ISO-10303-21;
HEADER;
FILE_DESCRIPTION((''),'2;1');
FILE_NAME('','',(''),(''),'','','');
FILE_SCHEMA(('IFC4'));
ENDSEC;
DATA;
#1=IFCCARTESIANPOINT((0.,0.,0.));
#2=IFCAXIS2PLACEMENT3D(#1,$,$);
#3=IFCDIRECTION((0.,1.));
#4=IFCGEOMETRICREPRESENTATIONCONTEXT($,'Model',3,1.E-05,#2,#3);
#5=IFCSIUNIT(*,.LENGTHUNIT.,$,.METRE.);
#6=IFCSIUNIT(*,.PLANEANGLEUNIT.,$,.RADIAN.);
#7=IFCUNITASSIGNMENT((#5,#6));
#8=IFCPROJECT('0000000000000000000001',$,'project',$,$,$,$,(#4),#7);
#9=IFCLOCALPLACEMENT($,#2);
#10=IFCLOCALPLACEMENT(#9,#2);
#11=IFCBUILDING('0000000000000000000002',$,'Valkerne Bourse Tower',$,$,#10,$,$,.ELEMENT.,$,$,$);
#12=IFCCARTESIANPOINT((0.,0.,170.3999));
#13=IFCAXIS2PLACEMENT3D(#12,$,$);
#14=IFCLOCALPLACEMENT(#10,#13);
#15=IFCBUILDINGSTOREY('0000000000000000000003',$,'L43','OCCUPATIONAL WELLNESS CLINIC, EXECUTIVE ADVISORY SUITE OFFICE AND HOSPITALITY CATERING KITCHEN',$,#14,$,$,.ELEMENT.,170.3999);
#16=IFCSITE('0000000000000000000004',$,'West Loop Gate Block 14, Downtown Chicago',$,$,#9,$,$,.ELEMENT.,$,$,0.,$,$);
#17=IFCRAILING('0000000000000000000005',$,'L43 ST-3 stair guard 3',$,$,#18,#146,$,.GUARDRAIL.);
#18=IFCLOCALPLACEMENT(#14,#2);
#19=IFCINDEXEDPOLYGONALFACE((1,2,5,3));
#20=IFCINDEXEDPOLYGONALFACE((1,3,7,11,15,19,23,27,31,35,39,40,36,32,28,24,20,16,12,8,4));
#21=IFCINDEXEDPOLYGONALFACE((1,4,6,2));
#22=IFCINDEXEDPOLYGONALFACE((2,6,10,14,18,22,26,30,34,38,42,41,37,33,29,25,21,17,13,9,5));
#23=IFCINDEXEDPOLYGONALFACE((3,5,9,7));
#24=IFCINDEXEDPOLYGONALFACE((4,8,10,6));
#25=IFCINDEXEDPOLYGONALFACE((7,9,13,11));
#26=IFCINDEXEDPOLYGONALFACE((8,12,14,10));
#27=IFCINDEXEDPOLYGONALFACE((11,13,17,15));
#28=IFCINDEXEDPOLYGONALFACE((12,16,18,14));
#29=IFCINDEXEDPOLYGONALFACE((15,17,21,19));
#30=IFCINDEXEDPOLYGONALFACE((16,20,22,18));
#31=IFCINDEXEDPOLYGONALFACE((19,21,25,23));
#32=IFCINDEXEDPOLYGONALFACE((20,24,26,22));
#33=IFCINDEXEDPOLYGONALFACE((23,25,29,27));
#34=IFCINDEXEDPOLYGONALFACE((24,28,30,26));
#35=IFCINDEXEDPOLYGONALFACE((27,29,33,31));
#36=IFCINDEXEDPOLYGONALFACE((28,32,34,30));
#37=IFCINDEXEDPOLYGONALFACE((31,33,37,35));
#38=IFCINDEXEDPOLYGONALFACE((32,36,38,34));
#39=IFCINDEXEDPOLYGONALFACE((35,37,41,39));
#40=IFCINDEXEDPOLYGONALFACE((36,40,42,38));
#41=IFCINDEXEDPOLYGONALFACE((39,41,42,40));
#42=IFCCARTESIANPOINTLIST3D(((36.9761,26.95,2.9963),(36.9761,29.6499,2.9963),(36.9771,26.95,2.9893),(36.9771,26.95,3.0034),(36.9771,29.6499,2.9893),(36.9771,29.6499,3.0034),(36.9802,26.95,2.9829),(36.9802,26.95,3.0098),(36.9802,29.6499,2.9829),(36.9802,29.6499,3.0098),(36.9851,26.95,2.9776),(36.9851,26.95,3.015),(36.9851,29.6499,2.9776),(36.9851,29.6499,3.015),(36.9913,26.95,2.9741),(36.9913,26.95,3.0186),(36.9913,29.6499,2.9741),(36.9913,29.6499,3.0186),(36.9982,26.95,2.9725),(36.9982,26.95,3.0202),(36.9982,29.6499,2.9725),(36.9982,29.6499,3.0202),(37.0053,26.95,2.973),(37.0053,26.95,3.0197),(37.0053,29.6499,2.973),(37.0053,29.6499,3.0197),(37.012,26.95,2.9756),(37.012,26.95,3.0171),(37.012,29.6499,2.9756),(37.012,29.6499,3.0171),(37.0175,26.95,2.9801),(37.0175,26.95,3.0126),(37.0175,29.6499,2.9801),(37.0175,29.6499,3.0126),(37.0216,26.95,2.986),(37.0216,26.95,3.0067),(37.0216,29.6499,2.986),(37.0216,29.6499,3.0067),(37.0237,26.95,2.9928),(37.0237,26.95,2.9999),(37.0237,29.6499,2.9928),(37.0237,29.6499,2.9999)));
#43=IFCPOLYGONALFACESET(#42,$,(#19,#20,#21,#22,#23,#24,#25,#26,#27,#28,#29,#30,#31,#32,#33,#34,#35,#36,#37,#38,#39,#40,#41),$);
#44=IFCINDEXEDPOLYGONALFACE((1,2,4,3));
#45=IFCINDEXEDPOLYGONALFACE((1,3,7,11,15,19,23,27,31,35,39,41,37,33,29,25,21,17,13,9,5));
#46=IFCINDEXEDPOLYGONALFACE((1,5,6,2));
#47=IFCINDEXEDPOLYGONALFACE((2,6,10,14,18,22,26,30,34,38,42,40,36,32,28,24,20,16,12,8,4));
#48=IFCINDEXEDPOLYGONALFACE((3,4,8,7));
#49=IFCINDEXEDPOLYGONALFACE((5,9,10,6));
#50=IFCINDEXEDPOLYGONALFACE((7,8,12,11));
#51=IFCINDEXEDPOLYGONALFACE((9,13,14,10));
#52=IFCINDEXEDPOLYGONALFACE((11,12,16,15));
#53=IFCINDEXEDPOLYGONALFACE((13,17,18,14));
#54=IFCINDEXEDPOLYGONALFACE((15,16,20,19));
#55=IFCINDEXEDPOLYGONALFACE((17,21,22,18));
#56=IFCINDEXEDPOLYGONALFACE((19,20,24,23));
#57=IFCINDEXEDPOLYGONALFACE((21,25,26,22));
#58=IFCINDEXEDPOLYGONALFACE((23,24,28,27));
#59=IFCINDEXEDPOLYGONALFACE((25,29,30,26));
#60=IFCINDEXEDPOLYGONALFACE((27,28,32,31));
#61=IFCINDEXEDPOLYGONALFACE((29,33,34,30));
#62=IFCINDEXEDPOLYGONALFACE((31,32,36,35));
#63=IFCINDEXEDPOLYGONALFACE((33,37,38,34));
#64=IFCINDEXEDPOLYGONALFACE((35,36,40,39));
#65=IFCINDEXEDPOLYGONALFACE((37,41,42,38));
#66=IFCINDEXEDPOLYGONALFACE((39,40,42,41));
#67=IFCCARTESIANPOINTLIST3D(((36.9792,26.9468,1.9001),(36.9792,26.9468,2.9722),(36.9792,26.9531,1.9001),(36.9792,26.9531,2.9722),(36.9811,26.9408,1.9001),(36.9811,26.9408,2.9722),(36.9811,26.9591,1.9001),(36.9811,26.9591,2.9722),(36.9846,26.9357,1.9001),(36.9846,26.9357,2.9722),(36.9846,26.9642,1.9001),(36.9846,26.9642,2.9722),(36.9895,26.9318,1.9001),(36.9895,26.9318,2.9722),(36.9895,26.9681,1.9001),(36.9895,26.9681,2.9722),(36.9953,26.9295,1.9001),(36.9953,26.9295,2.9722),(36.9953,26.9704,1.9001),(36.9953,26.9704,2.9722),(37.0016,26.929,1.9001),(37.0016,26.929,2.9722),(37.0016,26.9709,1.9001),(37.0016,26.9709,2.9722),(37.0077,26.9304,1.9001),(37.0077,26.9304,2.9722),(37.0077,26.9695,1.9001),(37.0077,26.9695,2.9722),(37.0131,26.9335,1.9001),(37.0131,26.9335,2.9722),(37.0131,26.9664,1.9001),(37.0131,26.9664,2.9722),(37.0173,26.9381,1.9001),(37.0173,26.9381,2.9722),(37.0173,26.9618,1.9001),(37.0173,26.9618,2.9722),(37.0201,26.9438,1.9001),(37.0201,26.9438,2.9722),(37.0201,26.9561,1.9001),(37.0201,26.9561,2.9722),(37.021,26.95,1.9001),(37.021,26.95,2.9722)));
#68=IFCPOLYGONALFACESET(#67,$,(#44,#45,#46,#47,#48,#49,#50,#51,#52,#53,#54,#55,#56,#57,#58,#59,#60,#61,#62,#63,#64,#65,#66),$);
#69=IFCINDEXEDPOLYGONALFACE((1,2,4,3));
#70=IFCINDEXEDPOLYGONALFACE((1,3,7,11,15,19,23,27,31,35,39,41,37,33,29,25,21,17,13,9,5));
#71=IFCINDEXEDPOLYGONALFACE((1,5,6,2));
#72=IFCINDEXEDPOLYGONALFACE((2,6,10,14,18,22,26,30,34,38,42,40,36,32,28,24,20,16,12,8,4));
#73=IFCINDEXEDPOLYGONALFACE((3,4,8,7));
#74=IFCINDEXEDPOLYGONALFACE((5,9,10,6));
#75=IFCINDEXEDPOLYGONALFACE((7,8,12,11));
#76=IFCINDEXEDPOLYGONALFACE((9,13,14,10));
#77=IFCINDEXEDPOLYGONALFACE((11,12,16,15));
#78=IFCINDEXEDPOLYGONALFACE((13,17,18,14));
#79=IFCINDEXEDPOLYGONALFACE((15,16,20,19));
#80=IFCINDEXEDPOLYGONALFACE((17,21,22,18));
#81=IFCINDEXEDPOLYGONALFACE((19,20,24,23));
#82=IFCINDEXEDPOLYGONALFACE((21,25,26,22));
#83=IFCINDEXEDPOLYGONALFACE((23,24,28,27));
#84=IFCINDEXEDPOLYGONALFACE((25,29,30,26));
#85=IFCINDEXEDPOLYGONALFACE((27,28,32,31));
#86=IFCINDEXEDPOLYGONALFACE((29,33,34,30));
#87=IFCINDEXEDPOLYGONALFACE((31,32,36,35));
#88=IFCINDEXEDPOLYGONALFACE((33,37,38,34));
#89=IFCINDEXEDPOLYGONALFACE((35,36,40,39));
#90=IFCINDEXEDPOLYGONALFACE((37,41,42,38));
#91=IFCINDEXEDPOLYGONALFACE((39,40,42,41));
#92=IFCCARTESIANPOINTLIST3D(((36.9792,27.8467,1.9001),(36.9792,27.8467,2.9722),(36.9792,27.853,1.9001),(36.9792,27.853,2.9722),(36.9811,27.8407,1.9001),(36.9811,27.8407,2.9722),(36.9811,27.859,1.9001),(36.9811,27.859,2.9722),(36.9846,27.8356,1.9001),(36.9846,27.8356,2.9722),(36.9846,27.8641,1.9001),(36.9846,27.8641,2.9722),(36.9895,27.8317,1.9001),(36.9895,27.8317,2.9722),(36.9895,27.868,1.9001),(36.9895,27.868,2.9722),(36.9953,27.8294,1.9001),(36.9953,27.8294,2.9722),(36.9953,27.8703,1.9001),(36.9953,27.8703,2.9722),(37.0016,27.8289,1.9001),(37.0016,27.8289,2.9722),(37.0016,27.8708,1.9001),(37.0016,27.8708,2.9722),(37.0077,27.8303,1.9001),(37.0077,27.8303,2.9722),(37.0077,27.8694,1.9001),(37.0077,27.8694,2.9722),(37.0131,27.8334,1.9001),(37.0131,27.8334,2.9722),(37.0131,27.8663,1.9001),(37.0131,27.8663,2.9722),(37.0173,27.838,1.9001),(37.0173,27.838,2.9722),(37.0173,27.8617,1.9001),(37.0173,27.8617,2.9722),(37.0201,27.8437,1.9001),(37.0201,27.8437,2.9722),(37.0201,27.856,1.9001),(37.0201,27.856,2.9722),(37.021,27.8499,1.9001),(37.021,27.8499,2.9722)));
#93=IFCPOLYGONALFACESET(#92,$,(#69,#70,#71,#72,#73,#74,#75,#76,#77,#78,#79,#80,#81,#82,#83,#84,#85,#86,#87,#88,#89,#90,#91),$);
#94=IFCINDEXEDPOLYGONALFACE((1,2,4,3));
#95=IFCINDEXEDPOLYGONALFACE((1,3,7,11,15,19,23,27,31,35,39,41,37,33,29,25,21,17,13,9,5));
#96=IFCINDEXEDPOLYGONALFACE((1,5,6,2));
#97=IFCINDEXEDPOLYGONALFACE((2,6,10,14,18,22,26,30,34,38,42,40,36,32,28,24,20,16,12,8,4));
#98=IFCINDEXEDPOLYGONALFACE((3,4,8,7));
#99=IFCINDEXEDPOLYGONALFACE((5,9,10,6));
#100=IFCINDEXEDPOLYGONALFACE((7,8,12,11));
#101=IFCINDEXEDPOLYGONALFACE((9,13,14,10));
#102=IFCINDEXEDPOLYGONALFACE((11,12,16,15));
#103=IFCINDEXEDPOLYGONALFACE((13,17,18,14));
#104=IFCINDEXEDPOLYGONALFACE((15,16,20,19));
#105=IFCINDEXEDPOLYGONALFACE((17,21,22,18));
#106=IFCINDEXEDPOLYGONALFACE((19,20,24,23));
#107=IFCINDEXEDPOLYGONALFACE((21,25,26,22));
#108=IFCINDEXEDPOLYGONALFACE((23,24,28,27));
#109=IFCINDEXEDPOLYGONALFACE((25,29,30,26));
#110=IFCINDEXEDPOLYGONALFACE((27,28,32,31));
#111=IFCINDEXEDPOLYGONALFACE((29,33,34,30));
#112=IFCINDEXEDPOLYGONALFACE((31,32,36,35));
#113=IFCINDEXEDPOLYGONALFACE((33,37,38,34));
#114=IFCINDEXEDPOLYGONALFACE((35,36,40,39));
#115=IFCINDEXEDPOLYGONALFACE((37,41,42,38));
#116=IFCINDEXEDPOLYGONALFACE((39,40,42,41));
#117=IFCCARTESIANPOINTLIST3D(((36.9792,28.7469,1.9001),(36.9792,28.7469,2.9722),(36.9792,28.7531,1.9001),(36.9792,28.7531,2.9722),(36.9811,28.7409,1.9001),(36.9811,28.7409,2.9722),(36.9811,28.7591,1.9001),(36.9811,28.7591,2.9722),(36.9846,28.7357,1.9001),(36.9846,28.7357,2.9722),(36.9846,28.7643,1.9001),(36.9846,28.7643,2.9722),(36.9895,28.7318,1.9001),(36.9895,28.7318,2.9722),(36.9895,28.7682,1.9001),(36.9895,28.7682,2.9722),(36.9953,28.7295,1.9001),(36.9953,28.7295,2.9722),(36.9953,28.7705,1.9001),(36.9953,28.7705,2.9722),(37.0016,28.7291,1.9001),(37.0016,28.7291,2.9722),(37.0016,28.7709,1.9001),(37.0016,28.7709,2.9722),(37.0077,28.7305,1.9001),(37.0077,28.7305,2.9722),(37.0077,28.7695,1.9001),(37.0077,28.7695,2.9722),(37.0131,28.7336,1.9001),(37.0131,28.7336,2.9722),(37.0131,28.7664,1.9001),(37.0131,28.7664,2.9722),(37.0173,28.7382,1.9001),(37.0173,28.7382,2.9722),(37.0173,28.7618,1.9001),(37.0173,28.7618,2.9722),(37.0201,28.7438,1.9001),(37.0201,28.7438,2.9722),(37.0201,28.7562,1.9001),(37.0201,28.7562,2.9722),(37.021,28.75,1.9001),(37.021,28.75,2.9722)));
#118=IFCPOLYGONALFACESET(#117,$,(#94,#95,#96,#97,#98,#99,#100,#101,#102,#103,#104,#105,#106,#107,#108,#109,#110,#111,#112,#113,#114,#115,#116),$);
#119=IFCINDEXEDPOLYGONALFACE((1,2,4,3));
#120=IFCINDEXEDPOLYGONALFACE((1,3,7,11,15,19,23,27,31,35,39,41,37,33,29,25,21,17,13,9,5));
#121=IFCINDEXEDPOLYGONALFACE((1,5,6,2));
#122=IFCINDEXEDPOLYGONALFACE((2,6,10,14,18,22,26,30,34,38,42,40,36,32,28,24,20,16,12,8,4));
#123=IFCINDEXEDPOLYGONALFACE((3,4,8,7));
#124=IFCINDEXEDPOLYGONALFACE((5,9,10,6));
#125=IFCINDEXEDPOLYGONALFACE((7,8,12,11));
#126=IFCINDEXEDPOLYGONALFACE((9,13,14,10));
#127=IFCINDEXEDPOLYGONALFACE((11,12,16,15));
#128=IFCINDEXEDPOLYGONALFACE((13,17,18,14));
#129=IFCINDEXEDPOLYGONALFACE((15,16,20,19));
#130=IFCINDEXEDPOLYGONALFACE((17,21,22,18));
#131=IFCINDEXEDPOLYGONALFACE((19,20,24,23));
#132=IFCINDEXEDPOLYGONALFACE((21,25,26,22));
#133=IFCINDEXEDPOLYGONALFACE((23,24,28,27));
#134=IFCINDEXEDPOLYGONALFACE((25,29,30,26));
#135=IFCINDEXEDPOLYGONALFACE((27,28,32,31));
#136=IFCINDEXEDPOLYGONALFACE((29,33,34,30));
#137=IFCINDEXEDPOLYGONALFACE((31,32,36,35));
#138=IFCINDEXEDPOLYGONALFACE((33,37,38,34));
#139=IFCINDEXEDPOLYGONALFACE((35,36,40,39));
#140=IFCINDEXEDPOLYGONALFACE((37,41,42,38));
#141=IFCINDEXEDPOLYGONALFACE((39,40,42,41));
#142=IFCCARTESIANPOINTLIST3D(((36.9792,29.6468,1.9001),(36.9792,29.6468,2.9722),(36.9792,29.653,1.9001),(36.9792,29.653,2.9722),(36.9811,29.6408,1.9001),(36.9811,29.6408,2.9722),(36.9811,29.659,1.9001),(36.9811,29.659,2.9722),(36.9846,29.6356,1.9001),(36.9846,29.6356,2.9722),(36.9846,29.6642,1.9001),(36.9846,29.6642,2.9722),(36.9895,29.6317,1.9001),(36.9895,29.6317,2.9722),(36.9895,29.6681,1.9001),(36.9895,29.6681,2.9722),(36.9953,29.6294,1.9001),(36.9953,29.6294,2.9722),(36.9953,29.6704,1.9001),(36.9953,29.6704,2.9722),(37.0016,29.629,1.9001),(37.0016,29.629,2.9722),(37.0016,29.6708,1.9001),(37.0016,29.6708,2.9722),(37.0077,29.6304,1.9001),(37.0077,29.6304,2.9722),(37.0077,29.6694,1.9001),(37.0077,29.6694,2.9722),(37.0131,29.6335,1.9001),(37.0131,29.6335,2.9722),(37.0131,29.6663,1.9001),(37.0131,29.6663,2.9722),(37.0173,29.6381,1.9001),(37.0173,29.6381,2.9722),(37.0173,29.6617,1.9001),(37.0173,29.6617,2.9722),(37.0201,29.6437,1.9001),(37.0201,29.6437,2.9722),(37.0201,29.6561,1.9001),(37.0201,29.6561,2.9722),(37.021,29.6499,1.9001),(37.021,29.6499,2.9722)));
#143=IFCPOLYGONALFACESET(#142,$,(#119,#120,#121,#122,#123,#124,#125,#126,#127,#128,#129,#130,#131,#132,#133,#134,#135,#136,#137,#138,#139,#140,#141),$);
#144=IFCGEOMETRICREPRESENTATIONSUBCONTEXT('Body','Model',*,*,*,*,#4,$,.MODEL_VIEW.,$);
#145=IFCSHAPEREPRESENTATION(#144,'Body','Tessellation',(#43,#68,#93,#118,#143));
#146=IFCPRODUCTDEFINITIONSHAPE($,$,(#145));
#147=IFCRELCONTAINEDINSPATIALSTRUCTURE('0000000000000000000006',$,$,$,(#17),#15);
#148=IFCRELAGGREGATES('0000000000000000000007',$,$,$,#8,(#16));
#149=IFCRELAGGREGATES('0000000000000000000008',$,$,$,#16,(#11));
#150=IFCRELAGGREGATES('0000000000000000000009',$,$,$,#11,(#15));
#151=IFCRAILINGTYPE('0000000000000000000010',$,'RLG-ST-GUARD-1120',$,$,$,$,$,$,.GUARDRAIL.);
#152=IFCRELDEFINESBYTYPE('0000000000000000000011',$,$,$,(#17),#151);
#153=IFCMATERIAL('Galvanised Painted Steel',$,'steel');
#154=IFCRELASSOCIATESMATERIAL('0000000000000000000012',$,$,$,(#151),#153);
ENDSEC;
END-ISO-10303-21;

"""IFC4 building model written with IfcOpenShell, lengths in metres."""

from ifc_helpers import new_model, si_unit, direction, frame, origin, origin_2d, place, context, subcontext, project, spatial, circle, extrude, material, type_object, element, save


model = new_model("IFC4")

# Units and contexts
model_context = context("Model", 3, precision=1e-05, world=origin(), true_north=direction((0.0, 1.0)))
body_context = subcontext(model_context, "Body", "Model", "MODEL_VIEW")
ifc_project = project(units=[si_unit("LENGTHUNIT", "METRE"), si_unit("PLANEANGLEUNIT", "RADIAN")], contexts=[model_context])

# Site, building, storey
site_placement = place(None, origin())
site = spatial("IfcSite", under=ifc_project, at=site_placement, Name="West Loop Gate Block 14, Downtown Chicago", CompositionType="ELEMENT", RefElevation=0.0)
building_placement = place(site_placement, origin())
building = spatial("IfcBuilding", under=site, at=building_placement, Name="Valkerne Bourse Tower", CompositionType="ELEMENT")
storey_placement = place(building_placement, frame((0.0, 0.0, 170.3999)))
storey = spatial("IfcBuildingStorey", under=building, at=storey_placement, Name="L43", Description="OCCUPATIONAL WELLNESS CLINIC, EXECUTIVE ADVISORY SUITE OFFICE AND HOSPITALITY CATERING KITCHEN", CompositionType="ELEMENT", Elevation=170.3999)

# Railing
ifc_material_1 = material(Name="Galvanised Painted Steel", Category="steel")
railing_type_1 = type_object("IfcRailingType", Name="RLG-ST-GUARD-1120", PredefinedType="GUARDRAIL", material=ifc_material_1)
for number, where, name in (
    (1, (37.0, 26.95, 1.9001), "L43 ST-3 stair guard 3"),
):
    element("IfcRailing", number, at=place(storey_placement, frame(where)), inside=storey, type_object=railing_type_1, Name=name, PredefinedType="GUARDRAIL", context=body_context, shape_type="SweptSolid", body=[
        extrude(circle(Radius=0.0239, at=origin_2d()), frame((0.0, 0.0, 1.0962), z_axis=(0.0, 1.0, 0.0), x_axis=(-1.0, 0.0, 0.0)), (0.0, 0.0, 1.0), 2.7),
        extrude(circle(Radius=0.021, at=origin_2d()), origin(), (0.0, 0.0, 1.0), 1.072),
        extrude(circle(Radius=0.021, at=origin_2d()), frame((0.0, 0.8999, 0.0)), (0.0, 0.0, 1.0), 1.072),
        extrude(circle(Radius=0.021, at=origin_2d()), frame((0.0, 1.8, 0.0)), (0.0, 0.0, 1.0), 1.072),
        extrude(circle(Radius=0.021, at=origin_2d()), frame((0.0, 2.7, 0.0)), (0.0, 0.0, 1.0), 1.072),
    ])

save(model, "model.ifc")
